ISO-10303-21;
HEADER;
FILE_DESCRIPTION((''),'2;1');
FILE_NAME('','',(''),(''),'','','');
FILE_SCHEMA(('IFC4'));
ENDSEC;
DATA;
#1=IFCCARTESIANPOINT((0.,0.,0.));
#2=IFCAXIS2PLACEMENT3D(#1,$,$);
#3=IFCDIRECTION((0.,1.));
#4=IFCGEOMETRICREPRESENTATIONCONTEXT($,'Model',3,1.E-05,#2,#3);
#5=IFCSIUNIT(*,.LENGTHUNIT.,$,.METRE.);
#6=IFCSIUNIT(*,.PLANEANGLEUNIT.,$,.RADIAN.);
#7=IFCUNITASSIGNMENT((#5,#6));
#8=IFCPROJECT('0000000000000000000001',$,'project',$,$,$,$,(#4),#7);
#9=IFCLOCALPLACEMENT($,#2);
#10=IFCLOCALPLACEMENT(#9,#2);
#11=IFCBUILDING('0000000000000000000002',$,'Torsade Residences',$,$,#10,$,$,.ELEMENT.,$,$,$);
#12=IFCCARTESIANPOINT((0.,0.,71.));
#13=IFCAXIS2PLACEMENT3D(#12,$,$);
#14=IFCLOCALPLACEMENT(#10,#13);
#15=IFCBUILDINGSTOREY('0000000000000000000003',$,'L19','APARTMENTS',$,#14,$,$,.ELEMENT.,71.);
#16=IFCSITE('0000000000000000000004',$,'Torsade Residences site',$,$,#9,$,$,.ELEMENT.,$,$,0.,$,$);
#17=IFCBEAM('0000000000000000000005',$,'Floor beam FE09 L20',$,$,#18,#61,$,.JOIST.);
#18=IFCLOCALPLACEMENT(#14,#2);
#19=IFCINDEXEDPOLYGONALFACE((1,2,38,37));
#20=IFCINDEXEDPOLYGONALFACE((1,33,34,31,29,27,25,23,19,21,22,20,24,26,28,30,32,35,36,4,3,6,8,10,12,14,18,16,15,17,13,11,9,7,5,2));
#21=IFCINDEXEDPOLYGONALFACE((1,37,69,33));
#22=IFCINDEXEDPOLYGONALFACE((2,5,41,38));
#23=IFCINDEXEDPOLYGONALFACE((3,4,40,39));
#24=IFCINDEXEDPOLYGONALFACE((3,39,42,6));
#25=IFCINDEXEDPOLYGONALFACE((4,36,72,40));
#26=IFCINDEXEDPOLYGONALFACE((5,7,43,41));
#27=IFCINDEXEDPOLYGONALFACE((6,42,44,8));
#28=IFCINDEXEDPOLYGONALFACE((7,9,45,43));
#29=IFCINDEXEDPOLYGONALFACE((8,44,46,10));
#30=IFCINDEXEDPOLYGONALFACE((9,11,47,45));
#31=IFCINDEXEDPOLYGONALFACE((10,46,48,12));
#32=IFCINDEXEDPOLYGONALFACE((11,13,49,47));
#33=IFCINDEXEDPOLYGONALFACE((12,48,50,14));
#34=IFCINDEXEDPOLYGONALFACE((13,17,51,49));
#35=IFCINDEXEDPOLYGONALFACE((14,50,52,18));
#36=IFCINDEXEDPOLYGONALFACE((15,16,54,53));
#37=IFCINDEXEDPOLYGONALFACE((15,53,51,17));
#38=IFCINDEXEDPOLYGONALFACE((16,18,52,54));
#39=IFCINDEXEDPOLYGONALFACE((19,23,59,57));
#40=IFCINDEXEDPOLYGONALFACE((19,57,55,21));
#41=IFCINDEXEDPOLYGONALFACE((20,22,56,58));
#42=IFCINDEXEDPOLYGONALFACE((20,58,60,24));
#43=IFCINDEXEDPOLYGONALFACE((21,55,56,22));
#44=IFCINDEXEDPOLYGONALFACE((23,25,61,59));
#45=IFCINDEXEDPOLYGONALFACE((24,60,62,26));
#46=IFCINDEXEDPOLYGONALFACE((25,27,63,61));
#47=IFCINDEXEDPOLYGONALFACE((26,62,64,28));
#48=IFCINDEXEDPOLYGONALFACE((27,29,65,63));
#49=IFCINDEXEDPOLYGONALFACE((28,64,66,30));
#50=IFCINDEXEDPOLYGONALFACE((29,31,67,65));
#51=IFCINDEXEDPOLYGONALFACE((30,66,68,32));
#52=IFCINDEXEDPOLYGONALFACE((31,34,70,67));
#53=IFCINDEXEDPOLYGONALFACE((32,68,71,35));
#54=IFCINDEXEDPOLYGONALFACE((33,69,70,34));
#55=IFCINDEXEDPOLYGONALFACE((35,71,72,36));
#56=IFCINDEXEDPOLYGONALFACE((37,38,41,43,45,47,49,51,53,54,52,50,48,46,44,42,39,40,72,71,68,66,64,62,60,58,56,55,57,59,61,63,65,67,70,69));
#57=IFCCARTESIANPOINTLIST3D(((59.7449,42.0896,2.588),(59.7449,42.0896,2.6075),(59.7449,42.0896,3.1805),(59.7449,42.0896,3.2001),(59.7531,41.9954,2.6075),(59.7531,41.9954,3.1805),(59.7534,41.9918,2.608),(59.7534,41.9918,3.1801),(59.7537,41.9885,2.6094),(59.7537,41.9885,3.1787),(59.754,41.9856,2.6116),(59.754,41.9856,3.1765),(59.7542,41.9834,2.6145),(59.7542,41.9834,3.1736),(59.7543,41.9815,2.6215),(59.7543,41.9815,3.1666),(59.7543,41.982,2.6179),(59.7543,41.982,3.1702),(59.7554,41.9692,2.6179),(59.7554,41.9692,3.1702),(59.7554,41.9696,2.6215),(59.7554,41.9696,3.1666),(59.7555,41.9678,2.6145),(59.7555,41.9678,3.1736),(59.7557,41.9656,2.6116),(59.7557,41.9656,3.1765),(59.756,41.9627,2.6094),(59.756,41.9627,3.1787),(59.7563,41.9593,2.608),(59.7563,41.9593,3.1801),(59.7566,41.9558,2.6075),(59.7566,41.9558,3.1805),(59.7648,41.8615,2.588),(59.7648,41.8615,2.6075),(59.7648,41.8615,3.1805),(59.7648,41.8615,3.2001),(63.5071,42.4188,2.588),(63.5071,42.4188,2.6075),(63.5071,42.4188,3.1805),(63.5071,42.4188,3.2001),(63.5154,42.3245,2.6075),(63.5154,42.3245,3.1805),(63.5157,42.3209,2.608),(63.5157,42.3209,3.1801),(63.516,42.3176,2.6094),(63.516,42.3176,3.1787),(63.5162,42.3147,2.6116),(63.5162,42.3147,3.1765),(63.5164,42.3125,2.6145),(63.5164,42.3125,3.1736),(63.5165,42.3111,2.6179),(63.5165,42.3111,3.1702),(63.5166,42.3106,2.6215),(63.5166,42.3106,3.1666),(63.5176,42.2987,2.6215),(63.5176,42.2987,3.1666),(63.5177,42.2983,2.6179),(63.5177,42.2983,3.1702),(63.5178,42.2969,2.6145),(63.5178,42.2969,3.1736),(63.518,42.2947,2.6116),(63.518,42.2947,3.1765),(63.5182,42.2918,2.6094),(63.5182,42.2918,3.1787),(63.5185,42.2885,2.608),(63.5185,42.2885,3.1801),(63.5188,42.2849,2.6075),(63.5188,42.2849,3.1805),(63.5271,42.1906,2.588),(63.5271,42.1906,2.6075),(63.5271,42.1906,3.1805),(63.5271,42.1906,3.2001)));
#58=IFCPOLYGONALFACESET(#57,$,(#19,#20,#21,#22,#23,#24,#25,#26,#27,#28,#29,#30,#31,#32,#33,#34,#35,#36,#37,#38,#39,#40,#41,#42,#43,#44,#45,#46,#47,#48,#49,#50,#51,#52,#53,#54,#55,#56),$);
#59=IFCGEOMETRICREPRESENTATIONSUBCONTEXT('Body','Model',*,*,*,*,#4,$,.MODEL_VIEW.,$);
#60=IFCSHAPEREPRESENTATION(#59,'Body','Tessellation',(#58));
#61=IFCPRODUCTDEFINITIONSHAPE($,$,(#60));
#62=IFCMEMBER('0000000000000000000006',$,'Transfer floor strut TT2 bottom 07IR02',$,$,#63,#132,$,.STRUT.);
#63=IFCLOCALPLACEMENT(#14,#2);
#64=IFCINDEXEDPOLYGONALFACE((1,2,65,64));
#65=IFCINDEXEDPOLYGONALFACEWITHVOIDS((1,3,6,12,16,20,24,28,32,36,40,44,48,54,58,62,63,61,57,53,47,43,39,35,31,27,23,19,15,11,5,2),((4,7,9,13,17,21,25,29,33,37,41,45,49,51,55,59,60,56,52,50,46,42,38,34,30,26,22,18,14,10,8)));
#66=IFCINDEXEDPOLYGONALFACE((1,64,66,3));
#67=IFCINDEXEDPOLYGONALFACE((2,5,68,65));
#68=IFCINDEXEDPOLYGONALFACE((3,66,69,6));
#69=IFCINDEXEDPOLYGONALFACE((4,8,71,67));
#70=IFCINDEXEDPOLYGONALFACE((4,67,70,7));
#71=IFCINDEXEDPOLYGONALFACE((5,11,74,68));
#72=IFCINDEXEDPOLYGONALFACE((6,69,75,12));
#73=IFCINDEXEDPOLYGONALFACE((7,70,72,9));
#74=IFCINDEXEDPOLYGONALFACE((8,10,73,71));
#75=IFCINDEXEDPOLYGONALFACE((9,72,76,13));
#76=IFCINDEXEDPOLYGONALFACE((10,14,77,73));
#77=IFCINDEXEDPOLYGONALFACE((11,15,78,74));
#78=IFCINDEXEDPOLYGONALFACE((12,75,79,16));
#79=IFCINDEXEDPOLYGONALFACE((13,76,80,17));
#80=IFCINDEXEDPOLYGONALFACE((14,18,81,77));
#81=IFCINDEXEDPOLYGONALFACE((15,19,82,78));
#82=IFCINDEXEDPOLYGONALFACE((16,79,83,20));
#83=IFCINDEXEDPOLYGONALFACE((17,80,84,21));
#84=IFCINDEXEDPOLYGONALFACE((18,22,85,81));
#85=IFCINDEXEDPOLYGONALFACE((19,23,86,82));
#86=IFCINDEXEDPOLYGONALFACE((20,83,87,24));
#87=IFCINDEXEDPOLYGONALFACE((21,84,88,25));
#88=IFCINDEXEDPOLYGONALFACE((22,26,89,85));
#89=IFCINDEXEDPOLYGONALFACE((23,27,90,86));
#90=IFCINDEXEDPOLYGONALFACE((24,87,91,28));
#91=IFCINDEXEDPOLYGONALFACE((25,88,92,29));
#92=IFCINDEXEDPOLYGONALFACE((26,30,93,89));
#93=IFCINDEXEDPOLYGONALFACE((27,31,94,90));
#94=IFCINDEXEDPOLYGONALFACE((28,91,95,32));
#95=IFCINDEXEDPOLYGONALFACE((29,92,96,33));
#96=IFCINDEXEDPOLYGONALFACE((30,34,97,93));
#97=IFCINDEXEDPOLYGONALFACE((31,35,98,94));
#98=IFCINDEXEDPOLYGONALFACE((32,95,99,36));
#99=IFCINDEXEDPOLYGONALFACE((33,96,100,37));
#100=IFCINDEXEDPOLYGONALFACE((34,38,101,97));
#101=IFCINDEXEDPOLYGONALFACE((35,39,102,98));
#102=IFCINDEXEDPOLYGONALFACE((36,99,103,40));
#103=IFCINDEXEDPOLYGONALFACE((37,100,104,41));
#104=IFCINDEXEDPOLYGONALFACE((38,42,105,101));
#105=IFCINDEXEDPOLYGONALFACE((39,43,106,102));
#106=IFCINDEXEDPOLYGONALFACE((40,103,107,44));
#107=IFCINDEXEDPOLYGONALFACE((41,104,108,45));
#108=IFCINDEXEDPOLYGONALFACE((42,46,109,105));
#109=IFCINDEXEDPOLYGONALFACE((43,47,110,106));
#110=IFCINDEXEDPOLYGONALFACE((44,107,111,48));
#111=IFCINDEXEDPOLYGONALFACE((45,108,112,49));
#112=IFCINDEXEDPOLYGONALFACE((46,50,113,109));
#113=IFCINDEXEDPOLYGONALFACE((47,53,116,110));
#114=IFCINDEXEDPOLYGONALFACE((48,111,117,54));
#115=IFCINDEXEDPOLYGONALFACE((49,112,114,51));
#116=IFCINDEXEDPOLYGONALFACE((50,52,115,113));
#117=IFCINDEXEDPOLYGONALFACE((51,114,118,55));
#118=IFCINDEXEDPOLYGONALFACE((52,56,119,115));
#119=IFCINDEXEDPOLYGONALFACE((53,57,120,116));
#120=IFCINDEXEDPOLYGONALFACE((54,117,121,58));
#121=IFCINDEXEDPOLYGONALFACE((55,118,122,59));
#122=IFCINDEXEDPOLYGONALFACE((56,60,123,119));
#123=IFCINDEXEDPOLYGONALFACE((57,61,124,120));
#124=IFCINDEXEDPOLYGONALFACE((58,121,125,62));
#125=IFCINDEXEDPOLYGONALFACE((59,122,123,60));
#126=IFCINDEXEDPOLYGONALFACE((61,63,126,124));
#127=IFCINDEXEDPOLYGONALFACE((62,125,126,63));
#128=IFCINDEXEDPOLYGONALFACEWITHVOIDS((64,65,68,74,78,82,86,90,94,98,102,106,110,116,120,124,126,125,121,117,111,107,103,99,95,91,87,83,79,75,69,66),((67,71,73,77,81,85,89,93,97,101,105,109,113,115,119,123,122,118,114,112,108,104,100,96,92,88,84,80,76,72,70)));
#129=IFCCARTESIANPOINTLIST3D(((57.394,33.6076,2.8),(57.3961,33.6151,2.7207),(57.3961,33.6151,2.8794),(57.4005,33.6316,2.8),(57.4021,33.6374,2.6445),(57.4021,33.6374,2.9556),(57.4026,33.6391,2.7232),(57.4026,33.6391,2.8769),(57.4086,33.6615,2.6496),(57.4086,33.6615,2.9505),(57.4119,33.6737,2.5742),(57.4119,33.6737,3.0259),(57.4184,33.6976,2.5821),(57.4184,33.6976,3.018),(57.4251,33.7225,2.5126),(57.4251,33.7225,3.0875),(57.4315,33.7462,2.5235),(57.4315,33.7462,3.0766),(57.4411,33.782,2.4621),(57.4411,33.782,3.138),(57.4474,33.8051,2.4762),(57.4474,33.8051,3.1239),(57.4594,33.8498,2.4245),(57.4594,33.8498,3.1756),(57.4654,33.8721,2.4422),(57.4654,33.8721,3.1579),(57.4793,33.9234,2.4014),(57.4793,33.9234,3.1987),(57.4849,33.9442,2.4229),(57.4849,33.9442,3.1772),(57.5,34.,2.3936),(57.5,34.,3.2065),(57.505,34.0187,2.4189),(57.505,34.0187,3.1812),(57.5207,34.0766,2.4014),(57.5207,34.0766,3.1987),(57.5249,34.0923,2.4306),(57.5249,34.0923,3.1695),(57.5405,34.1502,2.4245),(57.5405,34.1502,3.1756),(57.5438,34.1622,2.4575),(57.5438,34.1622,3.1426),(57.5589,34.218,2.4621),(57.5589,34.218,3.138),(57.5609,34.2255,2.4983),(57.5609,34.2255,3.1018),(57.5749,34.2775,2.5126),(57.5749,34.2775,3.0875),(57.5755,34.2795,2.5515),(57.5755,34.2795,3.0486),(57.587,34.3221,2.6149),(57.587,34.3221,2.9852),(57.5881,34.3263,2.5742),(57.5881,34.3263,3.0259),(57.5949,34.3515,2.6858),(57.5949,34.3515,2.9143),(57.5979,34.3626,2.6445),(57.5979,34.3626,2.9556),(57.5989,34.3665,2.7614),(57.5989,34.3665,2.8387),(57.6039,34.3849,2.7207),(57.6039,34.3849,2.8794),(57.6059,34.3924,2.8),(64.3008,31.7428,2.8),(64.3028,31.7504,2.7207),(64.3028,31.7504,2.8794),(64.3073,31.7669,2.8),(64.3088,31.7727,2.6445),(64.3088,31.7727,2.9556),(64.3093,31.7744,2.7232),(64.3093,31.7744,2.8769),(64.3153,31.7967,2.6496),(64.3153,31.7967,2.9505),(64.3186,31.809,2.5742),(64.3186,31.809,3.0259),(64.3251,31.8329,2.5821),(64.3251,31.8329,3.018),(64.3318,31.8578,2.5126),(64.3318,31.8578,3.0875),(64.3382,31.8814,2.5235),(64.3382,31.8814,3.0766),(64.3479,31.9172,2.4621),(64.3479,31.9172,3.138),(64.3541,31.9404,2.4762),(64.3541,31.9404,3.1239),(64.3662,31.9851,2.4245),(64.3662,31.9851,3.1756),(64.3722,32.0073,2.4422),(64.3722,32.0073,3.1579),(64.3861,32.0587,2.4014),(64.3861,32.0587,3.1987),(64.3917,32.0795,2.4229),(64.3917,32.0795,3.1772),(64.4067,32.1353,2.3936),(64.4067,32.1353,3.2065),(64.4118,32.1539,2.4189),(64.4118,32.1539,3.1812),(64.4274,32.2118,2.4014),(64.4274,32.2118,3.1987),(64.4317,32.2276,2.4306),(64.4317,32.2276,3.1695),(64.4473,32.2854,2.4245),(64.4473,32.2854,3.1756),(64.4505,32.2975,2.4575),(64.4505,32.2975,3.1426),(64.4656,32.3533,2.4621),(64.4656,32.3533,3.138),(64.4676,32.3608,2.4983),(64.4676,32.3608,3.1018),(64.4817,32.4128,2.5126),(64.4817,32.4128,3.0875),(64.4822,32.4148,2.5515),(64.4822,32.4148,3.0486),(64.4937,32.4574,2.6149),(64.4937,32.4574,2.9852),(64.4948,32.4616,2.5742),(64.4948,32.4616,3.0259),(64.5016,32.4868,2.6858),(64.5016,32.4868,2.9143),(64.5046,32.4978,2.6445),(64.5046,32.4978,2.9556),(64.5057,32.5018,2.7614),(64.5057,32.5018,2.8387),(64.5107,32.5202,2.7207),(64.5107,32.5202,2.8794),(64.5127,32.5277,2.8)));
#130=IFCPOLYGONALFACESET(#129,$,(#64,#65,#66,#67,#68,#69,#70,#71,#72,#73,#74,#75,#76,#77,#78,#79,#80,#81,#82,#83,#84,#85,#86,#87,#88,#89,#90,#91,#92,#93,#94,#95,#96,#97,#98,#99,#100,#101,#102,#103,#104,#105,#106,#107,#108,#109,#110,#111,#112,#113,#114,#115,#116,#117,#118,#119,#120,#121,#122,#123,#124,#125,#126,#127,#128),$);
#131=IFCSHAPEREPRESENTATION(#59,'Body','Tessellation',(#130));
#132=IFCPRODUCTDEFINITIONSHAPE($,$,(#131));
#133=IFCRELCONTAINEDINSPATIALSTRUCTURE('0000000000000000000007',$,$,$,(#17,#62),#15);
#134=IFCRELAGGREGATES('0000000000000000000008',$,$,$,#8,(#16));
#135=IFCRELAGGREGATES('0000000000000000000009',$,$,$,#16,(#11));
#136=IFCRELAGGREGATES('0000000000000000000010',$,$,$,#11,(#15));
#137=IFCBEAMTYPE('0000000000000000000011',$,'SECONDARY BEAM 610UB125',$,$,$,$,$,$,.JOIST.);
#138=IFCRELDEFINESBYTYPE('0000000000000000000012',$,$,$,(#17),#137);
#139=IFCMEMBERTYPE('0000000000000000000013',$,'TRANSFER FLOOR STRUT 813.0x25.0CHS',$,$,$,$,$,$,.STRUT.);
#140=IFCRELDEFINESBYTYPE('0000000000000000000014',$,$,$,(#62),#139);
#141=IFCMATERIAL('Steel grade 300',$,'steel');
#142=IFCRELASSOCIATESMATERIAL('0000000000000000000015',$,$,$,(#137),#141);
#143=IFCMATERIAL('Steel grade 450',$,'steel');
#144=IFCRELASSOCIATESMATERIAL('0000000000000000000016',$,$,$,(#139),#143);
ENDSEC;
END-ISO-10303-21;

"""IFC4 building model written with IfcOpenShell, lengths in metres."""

from ifc_helpers import new_model, si_unit, direction, frame, origin, origin_2d, place, context, subcontext, project, spatial, hollow_circle, i_section, extrude, material, material_profile, profile_set, type_object, element, save


model = new_model("IFC4")

# Units and contexts
model_context = context("Model", 3, precision=1e-05, world=origin(), true_north=direction((0.0, 1.0)))
body_context = subcontext(model_context, "Body", "Model", "MODEL_VIEW")
ifc_project = project(units=[si_unit("LENGTHUNIT", "METRE"), si_unit("PLANEANGLEUNIT", "RADIAN")], contexts=[model_context])

# Site, building, storey
site_placement = place(None, origin())
site = spatial("IfcSite", under=ifc_project, at=site_placement, Name="Torsade Residences site", CompositionType="ELEMENT", RefElevation=0.0)
building_placement = place(site_placement, origin())
building = spatial("IfcBuilding", under=site, at=building_placement, Name="Torsade Residences", CompositionType="ELEMENT")
storey_placement = place(building_placement, frame((0.0, 0.0, 71.0)))
storey = spatial("IfcBuildingStorey", under=building, at=storey_placement, Name="L19", Description="APARTMENTS", CompositionType="ELEMENT", Elevation=71.0)

# Beam
ifc_material_1 = material(Name="Steel grade 300", Category="steel")
ifc_material_profile_1 = material_profile(ifc_material_1, i_section(OverallWidth=0.229, OverallDepth=0.6121, WebThickness=0.012, FlangeThickness=0.0195, FilletRadius=0.0139, at=origin_2d()), Name="610UB125")
ifc_profile_set_1 = profile_set([ifc_material_profile_1], Name="Steel grade 300")
beam_type_1 = type_object("IfcBeamType", Name="SECONDARY BEAM 610UB125", PredefinedType="JOIST", material=ifc_profile_set_1)
beam_1_placement = place(storey_placement, frame((63.5171, 42.3047, 2.894), z_axis=(-0.996196, -0.087143, 0.0), x_axis=(0.087143, -0.996196, 0.0)))
element("IfcBeam", 1, at=beam_1_placement, inside=storey, type_object=beam_type_1, Name="Floor beam FE09 L20", PredefinedType="JOIST", context=body_context, shape_type="SweptSolid", body=[
    extrude(i_section(OverallWidth=0.229, OverallDepth=0.6121, WebThickness=0.012, FlangeThickness=0.0195, FilletRadius=0.0139, at=origin_2d()), origin(), (0.0, 0.0, 1.0), 3.7766),
])

# Member
ifc_material_2 = material(Name="Steel grade 450", Category="steel")
ifc_material_profile_2 = material_profile(ifc_material_2, hollow_circle(Radius=0.4065, WallThickness=0.0249, at=origin_2d()), Name="813.0x25.0CHS")
ifc_profile_set_2 = profile_set([ifc_material_profile_2], Name="Steel grade 450")
member_type_1 = type_object("IfcMemberType", Name="TRANSFER FLOOR STRUT 813.0x25.0CHS", PredefinedType="STRUT", material=ifc_profile_set_2)
member_1_placement = place(storey_placement, frame((64.4067, 32.1353, 2.8), z_axis=(-0.965432, 0.260656, 0.0), x_axis=(-0.260656, -0.965432, 0.0)))
element("IfcMember", 2, at=member_1_placement, inside=storey, type_object=member_type_1, Name="Transfer floor strut TT2 bottom 07IR02", PredefinedType="STRUT", context=body_context, shape_type="SweptSolid", body=[
    extrude(hollow_circle(Radius=0.4065, WallThickness=0.0249, at=origin_2d()), origin(), (0.0, 0.0, 1.0), 7.1541),
])

save(model, "model.ifc")
